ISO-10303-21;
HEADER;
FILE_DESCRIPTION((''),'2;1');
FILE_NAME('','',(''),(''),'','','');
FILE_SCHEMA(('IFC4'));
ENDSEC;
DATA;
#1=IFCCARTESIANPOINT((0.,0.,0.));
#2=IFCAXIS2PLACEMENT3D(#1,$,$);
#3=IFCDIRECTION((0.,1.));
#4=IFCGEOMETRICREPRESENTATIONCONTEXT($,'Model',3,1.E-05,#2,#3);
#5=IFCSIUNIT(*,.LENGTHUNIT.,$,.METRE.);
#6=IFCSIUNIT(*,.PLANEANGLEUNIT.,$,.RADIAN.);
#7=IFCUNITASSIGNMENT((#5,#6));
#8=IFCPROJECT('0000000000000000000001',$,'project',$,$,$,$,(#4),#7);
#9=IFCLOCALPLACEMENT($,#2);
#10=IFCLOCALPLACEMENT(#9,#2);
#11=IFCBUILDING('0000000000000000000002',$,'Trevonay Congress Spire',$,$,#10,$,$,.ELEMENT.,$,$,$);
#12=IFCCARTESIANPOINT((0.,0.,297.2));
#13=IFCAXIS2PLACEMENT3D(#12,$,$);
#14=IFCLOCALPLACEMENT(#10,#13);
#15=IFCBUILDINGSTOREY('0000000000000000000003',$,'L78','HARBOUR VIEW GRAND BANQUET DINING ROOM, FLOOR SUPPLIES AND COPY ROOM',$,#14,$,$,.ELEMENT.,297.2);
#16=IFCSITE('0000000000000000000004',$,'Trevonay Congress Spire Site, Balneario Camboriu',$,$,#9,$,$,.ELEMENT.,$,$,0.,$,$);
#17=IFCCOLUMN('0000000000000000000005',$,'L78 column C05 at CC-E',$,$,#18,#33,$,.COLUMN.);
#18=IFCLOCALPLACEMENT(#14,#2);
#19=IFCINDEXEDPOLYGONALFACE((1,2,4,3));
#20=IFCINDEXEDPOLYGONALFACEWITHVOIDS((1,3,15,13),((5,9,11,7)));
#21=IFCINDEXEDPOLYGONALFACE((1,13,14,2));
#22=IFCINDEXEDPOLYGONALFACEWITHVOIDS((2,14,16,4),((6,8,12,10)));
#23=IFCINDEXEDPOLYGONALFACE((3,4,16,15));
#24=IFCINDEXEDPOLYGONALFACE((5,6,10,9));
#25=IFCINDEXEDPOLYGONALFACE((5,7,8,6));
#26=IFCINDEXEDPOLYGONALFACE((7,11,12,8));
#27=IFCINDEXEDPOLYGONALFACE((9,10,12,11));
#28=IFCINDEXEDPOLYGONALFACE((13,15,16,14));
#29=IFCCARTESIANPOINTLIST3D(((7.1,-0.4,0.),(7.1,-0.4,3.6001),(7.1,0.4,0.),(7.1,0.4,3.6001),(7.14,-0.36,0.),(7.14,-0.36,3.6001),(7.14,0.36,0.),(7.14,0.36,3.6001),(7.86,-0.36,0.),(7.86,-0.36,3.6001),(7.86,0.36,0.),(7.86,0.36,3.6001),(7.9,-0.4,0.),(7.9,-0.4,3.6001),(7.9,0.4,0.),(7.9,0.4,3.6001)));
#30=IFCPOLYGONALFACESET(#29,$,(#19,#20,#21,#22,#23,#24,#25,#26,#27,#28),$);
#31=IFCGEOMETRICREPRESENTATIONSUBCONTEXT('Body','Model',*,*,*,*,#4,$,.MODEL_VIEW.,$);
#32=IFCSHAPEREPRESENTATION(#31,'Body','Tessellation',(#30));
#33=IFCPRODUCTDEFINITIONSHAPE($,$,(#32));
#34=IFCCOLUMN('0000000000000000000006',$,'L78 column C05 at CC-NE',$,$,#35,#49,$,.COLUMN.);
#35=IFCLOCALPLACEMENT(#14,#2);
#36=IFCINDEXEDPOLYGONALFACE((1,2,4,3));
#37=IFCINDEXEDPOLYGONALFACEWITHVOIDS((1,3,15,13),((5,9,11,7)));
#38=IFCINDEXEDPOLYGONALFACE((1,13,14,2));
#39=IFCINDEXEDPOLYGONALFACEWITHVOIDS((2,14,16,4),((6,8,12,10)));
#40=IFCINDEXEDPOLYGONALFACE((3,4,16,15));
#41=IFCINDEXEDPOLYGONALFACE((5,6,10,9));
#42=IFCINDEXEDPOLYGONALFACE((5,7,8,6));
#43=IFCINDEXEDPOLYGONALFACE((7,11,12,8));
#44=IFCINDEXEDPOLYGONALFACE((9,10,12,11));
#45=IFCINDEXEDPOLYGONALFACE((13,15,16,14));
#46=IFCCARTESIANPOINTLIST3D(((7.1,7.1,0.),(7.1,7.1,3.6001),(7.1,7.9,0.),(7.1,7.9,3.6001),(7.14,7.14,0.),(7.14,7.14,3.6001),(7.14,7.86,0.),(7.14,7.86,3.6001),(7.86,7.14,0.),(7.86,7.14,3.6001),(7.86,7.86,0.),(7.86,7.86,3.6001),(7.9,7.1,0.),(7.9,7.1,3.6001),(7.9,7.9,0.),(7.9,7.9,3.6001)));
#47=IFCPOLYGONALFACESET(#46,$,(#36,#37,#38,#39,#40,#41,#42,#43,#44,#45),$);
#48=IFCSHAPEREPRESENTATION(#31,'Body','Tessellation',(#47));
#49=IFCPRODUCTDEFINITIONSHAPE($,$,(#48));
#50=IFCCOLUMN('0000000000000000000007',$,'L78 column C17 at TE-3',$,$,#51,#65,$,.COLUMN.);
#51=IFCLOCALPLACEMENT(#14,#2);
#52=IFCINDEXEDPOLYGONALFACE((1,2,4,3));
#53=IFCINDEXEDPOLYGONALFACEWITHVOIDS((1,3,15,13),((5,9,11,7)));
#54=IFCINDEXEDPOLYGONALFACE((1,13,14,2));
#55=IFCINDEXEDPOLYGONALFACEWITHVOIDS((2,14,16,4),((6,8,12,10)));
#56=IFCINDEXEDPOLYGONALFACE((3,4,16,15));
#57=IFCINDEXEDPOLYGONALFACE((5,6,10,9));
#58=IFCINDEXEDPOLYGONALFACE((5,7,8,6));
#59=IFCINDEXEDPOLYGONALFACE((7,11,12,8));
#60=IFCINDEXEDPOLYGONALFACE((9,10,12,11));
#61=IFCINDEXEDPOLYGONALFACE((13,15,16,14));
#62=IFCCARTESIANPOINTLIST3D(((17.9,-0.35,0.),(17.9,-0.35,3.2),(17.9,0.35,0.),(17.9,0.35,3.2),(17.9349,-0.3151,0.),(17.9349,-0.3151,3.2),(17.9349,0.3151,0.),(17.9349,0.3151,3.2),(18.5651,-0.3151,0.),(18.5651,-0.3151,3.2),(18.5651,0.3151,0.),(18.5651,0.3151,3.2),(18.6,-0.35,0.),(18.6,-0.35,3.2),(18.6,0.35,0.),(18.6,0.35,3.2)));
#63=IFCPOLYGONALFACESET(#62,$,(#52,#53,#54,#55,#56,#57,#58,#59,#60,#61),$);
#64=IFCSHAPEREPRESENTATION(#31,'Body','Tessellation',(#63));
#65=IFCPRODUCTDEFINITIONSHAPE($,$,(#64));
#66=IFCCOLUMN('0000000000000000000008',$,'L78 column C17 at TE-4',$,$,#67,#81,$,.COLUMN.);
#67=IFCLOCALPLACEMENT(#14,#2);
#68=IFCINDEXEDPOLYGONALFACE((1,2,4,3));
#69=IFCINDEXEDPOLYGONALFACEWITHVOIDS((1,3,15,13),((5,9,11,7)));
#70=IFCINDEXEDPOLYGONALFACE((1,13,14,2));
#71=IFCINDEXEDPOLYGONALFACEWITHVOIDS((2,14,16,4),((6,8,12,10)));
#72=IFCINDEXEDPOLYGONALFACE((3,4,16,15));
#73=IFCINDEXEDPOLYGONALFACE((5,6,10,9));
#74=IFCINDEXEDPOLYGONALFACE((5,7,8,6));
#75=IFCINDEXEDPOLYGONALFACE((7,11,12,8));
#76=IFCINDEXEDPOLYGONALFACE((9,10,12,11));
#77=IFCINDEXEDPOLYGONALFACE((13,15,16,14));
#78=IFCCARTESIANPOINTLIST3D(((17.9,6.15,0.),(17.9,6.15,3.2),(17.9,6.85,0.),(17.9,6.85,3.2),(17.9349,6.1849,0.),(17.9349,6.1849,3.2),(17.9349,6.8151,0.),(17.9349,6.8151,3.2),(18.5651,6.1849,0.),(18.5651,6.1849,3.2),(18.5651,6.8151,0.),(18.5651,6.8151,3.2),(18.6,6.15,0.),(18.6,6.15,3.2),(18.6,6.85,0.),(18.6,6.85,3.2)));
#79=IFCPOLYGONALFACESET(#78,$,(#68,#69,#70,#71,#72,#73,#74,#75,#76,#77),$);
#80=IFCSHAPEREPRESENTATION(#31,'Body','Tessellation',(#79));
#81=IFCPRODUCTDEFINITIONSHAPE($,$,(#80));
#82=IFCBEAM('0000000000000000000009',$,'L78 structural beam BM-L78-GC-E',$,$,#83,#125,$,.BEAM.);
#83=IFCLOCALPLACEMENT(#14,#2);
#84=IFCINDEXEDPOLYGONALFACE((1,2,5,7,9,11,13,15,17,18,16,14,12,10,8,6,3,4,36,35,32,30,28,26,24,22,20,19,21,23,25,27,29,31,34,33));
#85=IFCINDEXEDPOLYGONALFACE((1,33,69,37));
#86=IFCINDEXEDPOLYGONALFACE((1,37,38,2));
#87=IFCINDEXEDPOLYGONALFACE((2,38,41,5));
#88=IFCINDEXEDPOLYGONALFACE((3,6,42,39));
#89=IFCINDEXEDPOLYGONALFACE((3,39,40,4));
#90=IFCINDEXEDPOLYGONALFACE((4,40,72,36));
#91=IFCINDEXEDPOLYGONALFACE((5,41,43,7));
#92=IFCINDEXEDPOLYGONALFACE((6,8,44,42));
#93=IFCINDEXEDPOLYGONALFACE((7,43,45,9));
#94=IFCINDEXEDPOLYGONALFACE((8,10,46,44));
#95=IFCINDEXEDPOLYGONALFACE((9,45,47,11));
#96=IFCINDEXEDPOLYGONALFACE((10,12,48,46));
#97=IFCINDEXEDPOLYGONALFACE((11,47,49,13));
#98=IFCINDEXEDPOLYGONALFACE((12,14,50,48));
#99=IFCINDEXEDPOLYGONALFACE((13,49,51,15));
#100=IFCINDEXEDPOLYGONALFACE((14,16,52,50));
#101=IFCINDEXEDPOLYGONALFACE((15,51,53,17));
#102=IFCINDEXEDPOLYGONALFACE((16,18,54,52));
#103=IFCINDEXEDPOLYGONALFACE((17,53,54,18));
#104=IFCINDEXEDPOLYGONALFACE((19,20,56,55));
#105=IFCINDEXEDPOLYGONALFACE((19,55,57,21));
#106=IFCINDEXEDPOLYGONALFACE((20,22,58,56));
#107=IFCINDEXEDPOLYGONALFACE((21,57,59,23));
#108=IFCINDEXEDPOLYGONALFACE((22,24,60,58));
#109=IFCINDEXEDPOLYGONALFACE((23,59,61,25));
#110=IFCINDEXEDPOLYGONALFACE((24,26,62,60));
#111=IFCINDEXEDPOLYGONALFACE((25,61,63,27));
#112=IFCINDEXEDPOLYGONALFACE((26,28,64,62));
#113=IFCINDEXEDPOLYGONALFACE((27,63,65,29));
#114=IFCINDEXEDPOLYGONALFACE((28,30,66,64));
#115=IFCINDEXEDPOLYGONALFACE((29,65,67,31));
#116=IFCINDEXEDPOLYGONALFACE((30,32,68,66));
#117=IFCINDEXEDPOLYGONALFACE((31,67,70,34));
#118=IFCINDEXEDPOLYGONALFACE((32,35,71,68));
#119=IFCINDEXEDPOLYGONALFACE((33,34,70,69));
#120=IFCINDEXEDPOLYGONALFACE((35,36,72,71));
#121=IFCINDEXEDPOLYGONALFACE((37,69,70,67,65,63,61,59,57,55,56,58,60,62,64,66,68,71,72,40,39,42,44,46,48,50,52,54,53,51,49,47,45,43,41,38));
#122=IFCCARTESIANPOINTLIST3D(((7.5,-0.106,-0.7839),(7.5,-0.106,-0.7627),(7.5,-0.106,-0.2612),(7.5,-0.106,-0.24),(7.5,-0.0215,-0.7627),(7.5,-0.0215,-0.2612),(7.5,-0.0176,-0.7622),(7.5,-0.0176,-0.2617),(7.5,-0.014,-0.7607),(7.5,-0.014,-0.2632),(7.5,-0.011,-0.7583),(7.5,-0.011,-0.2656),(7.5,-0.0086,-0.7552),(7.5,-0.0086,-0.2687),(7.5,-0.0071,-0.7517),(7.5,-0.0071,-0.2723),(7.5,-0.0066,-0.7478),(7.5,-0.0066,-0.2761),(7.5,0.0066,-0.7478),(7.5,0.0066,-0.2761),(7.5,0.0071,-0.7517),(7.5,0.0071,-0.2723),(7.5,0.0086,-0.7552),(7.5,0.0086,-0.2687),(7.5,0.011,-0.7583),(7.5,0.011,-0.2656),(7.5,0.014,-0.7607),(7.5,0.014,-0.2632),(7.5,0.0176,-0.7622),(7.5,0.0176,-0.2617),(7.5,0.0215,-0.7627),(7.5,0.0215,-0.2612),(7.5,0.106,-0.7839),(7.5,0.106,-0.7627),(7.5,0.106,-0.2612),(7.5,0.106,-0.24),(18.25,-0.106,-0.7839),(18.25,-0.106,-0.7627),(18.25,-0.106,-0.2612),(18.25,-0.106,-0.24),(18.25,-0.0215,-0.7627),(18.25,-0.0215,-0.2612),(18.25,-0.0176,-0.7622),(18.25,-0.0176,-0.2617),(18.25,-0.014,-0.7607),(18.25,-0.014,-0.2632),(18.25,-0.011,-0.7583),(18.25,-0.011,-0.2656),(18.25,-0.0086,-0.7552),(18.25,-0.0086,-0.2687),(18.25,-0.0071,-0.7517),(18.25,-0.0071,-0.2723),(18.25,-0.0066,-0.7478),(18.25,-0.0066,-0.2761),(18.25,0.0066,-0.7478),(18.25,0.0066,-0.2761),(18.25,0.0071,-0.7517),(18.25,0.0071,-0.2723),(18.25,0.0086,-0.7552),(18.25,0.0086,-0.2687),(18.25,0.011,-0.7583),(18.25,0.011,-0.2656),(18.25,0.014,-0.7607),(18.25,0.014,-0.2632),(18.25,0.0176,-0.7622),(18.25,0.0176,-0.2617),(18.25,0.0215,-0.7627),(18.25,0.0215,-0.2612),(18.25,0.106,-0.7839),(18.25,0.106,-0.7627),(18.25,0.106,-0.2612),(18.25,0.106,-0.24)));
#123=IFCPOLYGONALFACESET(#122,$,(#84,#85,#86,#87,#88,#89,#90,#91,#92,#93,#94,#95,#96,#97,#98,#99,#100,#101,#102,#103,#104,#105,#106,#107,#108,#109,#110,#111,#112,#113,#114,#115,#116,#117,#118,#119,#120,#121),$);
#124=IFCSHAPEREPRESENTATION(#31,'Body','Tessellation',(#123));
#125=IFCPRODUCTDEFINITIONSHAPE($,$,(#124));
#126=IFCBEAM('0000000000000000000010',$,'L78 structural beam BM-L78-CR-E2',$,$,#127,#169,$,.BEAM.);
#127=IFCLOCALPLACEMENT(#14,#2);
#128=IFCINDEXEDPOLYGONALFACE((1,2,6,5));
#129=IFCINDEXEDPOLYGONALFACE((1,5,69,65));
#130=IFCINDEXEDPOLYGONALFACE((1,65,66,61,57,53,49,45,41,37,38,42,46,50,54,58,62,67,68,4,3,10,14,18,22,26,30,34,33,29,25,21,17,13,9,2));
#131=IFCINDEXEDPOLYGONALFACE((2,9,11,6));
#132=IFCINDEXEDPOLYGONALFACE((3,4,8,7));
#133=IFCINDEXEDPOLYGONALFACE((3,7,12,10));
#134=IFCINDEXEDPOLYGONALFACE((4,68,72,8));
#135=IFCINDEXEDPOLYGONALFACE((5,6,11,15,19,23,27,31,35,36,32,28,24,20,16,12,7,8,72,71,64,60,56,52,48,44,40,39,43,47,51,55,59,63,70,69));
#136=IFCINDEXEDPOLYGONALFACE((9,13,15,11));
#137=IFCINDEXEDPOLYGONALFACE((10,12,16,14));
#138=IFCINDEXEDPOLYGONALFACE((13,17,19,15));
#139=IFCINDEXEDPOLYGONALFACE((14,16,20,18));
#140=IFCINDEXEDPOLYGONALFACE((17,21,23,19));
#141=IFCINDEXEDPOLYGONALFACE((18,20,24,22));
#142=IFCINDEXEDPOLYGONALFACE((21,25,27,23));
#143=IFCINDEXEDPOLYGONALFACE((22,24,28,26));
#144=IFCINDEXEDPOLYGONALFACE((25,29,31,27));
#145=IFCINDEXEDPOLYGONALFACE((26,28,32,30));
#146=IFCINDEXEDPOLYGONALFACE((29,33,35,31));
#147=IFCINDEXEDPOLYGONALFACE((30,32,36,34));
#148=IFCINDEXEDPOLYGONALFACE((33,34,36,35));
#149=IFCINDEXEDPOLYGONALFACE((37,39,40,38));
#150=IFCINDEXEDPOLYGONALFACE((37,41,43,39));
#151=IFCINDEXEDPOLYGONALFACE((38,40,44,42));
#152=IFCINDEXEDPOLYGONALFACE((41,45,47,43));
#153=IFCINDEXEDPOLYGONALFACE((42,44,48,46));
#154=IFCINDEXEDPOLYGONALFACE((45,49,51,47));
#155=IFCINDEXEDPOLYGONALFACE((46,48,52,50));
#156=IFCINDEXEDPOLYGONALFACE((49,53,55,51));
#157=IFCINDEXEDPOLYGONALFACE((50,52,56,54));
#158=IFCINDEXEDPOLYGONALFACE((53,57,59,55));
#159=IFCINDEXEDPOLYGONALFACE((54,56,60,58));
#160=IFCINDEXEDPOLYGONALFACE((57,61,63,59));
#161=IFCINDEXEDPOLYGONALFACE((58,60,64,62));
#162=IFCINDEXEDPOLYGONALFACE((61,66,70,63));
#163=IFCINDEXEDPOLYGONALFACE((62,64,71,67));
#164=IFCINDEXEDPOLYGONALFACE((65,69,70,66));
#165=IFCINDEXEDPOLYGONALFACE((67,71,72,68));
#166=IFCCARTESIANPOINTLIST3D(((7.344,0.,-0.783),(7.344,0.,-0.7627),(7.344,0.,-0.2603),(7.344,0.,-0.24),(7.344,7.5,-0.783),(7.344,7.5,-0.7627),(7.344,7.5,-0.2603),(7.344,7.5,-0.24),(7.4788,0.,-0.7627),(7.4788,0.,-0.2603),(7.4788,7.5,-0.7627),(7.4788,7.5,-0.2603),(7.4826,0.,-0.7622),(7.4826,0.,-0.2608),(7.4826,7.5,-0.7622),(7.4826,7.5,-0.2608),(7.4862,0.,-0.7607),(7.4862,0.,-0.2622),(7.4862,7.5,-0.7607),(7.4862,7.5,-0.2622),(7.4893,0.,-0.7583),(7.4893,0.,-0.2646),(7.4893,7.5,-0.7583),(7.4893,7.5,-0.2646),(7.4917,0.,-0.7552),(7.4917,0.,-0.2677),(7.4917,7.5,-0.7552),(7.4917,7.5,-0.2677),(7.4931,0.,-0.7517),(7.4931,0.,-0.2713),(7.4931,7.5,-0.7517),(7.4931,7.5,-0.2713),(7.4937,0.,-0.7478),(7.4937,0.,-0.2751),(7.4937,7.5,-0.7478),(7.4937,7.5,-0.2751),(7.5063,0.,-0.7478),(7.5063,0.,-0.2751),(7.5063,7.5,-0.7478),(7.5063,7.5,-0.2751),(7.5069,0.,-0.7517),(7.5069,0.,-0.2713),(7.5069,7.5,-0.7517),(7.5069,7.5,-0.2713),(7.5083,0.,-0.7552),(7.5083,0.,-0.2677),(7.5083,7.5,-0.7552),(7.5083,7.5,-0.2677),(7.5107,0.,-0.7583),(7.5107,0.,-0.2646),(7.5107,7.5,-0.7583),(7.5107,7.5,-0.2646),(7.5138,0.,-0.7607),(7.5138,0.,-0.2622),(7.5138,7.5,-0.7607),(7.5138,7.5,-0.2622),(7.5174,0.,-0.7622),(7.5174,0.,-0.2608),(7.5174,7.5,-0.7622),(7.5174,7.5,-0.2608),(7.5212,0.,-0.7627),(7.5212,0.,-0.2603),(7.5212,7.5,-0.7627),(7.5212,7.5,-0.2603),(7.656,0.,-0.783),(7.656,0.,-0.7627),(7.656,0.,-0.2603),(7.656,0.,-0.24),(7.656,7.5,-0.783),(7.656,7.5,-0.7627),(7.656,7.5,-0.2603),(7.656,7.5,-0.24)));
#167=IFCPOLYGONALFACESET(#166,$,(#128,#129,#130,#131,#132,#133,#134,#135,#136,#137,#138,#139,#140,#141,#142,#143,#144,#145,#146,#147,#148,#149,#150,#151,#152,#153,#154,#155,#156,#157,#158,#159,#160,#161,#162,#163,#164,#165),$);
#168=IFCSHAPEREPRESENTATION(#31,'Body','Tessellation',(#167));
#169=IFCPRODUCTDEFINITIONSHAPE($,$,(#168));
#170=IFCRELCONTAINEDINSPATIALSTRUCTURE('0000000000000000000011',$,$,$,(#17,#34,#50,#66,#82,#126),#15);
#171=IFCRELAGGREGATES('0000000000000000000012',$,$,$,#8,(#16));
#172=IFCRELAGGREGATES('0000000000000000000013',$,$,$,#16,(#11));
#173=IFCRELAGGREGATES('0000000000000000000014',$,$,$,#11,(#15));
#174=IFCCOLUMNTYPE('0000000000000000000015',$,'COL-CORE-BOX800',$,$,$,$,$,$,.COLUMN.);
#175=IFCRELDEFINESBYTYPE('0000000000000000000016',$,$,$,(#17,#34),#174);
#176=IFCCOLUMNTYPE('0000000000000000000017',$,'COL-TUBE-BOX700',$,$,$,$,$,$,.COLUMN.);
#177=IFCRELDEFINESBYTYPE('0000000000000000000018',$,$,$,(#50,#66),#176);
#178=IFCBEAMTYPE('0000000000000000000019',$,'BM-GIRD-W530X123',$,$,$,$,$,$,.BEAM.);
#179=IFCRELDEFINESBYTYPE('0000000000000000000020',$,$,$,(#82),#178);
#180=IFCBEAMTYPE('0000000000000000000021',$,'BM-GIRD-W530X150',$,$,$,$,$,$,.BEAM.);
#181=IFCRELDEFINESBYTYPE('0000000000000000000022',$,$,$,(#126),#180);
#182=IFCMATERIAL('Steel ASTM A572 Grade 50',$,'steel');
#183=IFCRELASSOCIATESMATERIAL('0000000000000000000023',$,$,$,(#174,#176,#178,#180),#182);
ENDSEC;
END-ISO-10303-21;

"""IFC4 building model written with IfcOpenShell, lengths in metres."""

from ifc_helpers import new_model, si_unit, direction, frame, origin, origin_2d, place, context, subcontext, project, spatial, hollow_rectangle, i_section, extrude, material, material_profile, profile_set, type_object, element, save


model = new_model("IFC4")

# Units and contexts
model_context = context("Model", 3, precision=1e-05, world=origin(), true_north=direction((0.0, 1.0)))
body_context = subcontext(model_context, "Body", "Model", "MODEL_VIEW")
ifc_project = project(units=[si_unit("LENGTHUNIT", "METRE"), si_unit("PLANEANGLEUNIT", "RADIAN")], contexts=[model_context])

# Site, building, storey
site_placement = place(None, origin())
site = spatial("IfcSite", under=ifc_project, at=site_placement, Name="Trevonay Congress Spire Site, Balneario Camboriu", CompositionType="ELEMENT", RefElevation=0.0)
building_placement = place(site_placement, origin())
building = spatial("IfcBuilding", under=site, at=building_placement, Name="Trevonay Congress Spire", CompositionType="ELEMENT")
storey_placement = place(building_placement, frame((0.0, 0.0, 297.2)))
storey = spatial("IfcBuildingStorey", under=building, at=storey_placement, Name="L78", Description="HARBOUR VIEW GRAND BANQUET DINING ROOM, FLOOR SUPPLIES AND COPY ROOM", CompositionType="ELEMENT", Elevation=297.2)

# Columns
ifc_material_1 = material(Name="Steel ASTM A572 Grade 50", Category="steel")
ifc_material_profile_1 = material_profile(ifc_material_1, hollow_rectangle(XDim=0.8, YDim=0.8, WallThickness=0.04, at=origin_2d()), Name="BOX 800x800x40")
ifc_profile_set_1 = profile_set([ifc_material_profile_1], Name="Steel ASTM A572 Grade 50")
column_type_1 = type_object("IfcColumnType", Name="COL-CORE-BOX800", PredefinedType="COLUMN", material=ifc_profile_set_1)
for number, where, z_axis, x_axis, name in (
    (1, (7.5, 0.0, 0.0), (0.0, 0.0, 1.0), (1.0, 0.0, 0.0), "L78 column C05 at CC-E"),
    (2, (7.5, 7.5, 0.0), (0.0, 0.0, 1.0), (1.0, 0.0, 0.0), "L78 column C05 at CC-NE"),
):
    element("IfcColumn", number, at=place(storey_placement, frame(where, z_axis=z_axis, x_axis=x_axis)), inside=storey, type_object=column_type_1, Name=name, PredefinedType="COLUMN", context=body_context, shape_type="SweptSolid", body=[
        extrude(hollow_rectangle(XDim=0.8, YDim=0.8, WallThickness=0.04, at=origin_2d()), origin(), (0.0, 0.0, 1.0), 3.6001),
    ])
ifc_material_profile_2 = material_profile(ifc_material_1, hollow_rectangle(XDim=0.7, YDim=0.7, WallThickness=0.0349, at=origin_2d()), Name="BOX 700x700x35")
ifc_profile_set_2 = profile_set([ifc_material_profile_2], Name="Steel ASTM A572 Grade 50")
column_type_2 = type_object("IfcColumnType", Name="COL-TUBE-BOX700", PredefinedType="COLUMN", material=ifc_profile_set_2)
for number, where, z_axis, x_axis, name in (
    (3, (18.25, 0.0, 0.0), (0.0, 0.0, 1.0), (1.0, 0.0, 0.0), "L78 column C17 at TE-3"),
    (4, (18.25, 6.5, 0.0), (0.0, 0.0, 1.0), (1.0, 0.0, 0.0), "L78 column C17 at TE-4"),
):
    element("IfcColumn", number, at=place(storey_placement, frame(where, z_axis=z_axis, x_axis=x_axis)), inside=storey, type_object=column_type_2, Name=name, PredefinedType="COLUMN", context=body_context, shape_type="SweptSolid", body=[
        extrude(hollow_rectangle(XDim=0.7, YDim=0.7, WallThickness=0.0349, at=origin_2d()), origin(), (0.0, 0.0, 1.0), 3.2),
    ])

# Beams
ifc_material_profile_3 = material_profile(ifc_material_1, i_section(OverallWidth=0.2119, OverallDepth=0.5439, WebThickness=0.0132, FlangeThickness=0.0212, FilletRadius=0.0149, at=origin_2d()), Name="W530x123")
ifc_profile_set_3 = profile_set([ifc_material_profile_3], Name="Steel ASTM A572 Grade 50")
beam_type_1 = type_object("IfcBeamType", Name="BM-GIRD-W530X123", PredefinedType="BEAM", material=ifc_profile_set_3)
beam_1_placement = place(storey_placement, frame((7.5, 0.0, -0.512), z_axis=(1.0, 0.0, 0.0), x_axis=(0.0, 1.0, 0.0)))
element("IfcBeam", 5, at=beam_1_placement, inside=storey, type_object=beam_type_1, Name="L78 structural beam BM-L78-GC-E", PredefinedType="BEAM", context=body_context, shape_type="SweptSolid", body=[
    extrude(i_section(OverallWidth=0.2119, OverallDepth=0.5439, WebThickness=0.0132, FlangeThickness=0.0212, FilletRadius=0.0149, at=origin_2d()), origin(), (0.0, 0.0, 1.0), 10.75),
])
ifc_material_profile_4 = material_profile(ifc_material_1, i_section(OverallWidth=0.312, OverallDepth=0.543, WebThickness=0.0127, FlangeThickness=0.0203, FilletRadius=0.0149, at=origin_2d()), Name="W530x150")
ifc_profile_set_4 = profile_set([ifc_material_profile_4], Name="Steel ASTM A572 Grade 50")
beam_type_2 = type_object("IfcBeamType", Name="BM-GIRD-W530X150", PredefinedType="BEAM", material=ifc_profile_set_4)
beam_2_placement = place(storey_placement, frame((7.5, 0.0, -0.5115), z_axis=(0.0, 1.0, 0.0), x_axis=(-1.0, 0.0, 0.0)))
element("IfcBeam", 6, at=beam_2_placement, inside=storey, type_object=beam_type_2, Name="L78 structural beam BM-L78-CR-E2", PredefinedType="BEAM", context=body_context, shape_type="SweptSolid", body=[
    extrude(i_section(OverallWidth=0.312, OverallDepth=0.543, WebThickness=0.0127, FlangeThickness=0.0203, FilletRadius=0.0149, at=origin_2d()), origin(), (0.0, 0.0, 1.0), 7.5),
])

save(model, "model.ifc")
